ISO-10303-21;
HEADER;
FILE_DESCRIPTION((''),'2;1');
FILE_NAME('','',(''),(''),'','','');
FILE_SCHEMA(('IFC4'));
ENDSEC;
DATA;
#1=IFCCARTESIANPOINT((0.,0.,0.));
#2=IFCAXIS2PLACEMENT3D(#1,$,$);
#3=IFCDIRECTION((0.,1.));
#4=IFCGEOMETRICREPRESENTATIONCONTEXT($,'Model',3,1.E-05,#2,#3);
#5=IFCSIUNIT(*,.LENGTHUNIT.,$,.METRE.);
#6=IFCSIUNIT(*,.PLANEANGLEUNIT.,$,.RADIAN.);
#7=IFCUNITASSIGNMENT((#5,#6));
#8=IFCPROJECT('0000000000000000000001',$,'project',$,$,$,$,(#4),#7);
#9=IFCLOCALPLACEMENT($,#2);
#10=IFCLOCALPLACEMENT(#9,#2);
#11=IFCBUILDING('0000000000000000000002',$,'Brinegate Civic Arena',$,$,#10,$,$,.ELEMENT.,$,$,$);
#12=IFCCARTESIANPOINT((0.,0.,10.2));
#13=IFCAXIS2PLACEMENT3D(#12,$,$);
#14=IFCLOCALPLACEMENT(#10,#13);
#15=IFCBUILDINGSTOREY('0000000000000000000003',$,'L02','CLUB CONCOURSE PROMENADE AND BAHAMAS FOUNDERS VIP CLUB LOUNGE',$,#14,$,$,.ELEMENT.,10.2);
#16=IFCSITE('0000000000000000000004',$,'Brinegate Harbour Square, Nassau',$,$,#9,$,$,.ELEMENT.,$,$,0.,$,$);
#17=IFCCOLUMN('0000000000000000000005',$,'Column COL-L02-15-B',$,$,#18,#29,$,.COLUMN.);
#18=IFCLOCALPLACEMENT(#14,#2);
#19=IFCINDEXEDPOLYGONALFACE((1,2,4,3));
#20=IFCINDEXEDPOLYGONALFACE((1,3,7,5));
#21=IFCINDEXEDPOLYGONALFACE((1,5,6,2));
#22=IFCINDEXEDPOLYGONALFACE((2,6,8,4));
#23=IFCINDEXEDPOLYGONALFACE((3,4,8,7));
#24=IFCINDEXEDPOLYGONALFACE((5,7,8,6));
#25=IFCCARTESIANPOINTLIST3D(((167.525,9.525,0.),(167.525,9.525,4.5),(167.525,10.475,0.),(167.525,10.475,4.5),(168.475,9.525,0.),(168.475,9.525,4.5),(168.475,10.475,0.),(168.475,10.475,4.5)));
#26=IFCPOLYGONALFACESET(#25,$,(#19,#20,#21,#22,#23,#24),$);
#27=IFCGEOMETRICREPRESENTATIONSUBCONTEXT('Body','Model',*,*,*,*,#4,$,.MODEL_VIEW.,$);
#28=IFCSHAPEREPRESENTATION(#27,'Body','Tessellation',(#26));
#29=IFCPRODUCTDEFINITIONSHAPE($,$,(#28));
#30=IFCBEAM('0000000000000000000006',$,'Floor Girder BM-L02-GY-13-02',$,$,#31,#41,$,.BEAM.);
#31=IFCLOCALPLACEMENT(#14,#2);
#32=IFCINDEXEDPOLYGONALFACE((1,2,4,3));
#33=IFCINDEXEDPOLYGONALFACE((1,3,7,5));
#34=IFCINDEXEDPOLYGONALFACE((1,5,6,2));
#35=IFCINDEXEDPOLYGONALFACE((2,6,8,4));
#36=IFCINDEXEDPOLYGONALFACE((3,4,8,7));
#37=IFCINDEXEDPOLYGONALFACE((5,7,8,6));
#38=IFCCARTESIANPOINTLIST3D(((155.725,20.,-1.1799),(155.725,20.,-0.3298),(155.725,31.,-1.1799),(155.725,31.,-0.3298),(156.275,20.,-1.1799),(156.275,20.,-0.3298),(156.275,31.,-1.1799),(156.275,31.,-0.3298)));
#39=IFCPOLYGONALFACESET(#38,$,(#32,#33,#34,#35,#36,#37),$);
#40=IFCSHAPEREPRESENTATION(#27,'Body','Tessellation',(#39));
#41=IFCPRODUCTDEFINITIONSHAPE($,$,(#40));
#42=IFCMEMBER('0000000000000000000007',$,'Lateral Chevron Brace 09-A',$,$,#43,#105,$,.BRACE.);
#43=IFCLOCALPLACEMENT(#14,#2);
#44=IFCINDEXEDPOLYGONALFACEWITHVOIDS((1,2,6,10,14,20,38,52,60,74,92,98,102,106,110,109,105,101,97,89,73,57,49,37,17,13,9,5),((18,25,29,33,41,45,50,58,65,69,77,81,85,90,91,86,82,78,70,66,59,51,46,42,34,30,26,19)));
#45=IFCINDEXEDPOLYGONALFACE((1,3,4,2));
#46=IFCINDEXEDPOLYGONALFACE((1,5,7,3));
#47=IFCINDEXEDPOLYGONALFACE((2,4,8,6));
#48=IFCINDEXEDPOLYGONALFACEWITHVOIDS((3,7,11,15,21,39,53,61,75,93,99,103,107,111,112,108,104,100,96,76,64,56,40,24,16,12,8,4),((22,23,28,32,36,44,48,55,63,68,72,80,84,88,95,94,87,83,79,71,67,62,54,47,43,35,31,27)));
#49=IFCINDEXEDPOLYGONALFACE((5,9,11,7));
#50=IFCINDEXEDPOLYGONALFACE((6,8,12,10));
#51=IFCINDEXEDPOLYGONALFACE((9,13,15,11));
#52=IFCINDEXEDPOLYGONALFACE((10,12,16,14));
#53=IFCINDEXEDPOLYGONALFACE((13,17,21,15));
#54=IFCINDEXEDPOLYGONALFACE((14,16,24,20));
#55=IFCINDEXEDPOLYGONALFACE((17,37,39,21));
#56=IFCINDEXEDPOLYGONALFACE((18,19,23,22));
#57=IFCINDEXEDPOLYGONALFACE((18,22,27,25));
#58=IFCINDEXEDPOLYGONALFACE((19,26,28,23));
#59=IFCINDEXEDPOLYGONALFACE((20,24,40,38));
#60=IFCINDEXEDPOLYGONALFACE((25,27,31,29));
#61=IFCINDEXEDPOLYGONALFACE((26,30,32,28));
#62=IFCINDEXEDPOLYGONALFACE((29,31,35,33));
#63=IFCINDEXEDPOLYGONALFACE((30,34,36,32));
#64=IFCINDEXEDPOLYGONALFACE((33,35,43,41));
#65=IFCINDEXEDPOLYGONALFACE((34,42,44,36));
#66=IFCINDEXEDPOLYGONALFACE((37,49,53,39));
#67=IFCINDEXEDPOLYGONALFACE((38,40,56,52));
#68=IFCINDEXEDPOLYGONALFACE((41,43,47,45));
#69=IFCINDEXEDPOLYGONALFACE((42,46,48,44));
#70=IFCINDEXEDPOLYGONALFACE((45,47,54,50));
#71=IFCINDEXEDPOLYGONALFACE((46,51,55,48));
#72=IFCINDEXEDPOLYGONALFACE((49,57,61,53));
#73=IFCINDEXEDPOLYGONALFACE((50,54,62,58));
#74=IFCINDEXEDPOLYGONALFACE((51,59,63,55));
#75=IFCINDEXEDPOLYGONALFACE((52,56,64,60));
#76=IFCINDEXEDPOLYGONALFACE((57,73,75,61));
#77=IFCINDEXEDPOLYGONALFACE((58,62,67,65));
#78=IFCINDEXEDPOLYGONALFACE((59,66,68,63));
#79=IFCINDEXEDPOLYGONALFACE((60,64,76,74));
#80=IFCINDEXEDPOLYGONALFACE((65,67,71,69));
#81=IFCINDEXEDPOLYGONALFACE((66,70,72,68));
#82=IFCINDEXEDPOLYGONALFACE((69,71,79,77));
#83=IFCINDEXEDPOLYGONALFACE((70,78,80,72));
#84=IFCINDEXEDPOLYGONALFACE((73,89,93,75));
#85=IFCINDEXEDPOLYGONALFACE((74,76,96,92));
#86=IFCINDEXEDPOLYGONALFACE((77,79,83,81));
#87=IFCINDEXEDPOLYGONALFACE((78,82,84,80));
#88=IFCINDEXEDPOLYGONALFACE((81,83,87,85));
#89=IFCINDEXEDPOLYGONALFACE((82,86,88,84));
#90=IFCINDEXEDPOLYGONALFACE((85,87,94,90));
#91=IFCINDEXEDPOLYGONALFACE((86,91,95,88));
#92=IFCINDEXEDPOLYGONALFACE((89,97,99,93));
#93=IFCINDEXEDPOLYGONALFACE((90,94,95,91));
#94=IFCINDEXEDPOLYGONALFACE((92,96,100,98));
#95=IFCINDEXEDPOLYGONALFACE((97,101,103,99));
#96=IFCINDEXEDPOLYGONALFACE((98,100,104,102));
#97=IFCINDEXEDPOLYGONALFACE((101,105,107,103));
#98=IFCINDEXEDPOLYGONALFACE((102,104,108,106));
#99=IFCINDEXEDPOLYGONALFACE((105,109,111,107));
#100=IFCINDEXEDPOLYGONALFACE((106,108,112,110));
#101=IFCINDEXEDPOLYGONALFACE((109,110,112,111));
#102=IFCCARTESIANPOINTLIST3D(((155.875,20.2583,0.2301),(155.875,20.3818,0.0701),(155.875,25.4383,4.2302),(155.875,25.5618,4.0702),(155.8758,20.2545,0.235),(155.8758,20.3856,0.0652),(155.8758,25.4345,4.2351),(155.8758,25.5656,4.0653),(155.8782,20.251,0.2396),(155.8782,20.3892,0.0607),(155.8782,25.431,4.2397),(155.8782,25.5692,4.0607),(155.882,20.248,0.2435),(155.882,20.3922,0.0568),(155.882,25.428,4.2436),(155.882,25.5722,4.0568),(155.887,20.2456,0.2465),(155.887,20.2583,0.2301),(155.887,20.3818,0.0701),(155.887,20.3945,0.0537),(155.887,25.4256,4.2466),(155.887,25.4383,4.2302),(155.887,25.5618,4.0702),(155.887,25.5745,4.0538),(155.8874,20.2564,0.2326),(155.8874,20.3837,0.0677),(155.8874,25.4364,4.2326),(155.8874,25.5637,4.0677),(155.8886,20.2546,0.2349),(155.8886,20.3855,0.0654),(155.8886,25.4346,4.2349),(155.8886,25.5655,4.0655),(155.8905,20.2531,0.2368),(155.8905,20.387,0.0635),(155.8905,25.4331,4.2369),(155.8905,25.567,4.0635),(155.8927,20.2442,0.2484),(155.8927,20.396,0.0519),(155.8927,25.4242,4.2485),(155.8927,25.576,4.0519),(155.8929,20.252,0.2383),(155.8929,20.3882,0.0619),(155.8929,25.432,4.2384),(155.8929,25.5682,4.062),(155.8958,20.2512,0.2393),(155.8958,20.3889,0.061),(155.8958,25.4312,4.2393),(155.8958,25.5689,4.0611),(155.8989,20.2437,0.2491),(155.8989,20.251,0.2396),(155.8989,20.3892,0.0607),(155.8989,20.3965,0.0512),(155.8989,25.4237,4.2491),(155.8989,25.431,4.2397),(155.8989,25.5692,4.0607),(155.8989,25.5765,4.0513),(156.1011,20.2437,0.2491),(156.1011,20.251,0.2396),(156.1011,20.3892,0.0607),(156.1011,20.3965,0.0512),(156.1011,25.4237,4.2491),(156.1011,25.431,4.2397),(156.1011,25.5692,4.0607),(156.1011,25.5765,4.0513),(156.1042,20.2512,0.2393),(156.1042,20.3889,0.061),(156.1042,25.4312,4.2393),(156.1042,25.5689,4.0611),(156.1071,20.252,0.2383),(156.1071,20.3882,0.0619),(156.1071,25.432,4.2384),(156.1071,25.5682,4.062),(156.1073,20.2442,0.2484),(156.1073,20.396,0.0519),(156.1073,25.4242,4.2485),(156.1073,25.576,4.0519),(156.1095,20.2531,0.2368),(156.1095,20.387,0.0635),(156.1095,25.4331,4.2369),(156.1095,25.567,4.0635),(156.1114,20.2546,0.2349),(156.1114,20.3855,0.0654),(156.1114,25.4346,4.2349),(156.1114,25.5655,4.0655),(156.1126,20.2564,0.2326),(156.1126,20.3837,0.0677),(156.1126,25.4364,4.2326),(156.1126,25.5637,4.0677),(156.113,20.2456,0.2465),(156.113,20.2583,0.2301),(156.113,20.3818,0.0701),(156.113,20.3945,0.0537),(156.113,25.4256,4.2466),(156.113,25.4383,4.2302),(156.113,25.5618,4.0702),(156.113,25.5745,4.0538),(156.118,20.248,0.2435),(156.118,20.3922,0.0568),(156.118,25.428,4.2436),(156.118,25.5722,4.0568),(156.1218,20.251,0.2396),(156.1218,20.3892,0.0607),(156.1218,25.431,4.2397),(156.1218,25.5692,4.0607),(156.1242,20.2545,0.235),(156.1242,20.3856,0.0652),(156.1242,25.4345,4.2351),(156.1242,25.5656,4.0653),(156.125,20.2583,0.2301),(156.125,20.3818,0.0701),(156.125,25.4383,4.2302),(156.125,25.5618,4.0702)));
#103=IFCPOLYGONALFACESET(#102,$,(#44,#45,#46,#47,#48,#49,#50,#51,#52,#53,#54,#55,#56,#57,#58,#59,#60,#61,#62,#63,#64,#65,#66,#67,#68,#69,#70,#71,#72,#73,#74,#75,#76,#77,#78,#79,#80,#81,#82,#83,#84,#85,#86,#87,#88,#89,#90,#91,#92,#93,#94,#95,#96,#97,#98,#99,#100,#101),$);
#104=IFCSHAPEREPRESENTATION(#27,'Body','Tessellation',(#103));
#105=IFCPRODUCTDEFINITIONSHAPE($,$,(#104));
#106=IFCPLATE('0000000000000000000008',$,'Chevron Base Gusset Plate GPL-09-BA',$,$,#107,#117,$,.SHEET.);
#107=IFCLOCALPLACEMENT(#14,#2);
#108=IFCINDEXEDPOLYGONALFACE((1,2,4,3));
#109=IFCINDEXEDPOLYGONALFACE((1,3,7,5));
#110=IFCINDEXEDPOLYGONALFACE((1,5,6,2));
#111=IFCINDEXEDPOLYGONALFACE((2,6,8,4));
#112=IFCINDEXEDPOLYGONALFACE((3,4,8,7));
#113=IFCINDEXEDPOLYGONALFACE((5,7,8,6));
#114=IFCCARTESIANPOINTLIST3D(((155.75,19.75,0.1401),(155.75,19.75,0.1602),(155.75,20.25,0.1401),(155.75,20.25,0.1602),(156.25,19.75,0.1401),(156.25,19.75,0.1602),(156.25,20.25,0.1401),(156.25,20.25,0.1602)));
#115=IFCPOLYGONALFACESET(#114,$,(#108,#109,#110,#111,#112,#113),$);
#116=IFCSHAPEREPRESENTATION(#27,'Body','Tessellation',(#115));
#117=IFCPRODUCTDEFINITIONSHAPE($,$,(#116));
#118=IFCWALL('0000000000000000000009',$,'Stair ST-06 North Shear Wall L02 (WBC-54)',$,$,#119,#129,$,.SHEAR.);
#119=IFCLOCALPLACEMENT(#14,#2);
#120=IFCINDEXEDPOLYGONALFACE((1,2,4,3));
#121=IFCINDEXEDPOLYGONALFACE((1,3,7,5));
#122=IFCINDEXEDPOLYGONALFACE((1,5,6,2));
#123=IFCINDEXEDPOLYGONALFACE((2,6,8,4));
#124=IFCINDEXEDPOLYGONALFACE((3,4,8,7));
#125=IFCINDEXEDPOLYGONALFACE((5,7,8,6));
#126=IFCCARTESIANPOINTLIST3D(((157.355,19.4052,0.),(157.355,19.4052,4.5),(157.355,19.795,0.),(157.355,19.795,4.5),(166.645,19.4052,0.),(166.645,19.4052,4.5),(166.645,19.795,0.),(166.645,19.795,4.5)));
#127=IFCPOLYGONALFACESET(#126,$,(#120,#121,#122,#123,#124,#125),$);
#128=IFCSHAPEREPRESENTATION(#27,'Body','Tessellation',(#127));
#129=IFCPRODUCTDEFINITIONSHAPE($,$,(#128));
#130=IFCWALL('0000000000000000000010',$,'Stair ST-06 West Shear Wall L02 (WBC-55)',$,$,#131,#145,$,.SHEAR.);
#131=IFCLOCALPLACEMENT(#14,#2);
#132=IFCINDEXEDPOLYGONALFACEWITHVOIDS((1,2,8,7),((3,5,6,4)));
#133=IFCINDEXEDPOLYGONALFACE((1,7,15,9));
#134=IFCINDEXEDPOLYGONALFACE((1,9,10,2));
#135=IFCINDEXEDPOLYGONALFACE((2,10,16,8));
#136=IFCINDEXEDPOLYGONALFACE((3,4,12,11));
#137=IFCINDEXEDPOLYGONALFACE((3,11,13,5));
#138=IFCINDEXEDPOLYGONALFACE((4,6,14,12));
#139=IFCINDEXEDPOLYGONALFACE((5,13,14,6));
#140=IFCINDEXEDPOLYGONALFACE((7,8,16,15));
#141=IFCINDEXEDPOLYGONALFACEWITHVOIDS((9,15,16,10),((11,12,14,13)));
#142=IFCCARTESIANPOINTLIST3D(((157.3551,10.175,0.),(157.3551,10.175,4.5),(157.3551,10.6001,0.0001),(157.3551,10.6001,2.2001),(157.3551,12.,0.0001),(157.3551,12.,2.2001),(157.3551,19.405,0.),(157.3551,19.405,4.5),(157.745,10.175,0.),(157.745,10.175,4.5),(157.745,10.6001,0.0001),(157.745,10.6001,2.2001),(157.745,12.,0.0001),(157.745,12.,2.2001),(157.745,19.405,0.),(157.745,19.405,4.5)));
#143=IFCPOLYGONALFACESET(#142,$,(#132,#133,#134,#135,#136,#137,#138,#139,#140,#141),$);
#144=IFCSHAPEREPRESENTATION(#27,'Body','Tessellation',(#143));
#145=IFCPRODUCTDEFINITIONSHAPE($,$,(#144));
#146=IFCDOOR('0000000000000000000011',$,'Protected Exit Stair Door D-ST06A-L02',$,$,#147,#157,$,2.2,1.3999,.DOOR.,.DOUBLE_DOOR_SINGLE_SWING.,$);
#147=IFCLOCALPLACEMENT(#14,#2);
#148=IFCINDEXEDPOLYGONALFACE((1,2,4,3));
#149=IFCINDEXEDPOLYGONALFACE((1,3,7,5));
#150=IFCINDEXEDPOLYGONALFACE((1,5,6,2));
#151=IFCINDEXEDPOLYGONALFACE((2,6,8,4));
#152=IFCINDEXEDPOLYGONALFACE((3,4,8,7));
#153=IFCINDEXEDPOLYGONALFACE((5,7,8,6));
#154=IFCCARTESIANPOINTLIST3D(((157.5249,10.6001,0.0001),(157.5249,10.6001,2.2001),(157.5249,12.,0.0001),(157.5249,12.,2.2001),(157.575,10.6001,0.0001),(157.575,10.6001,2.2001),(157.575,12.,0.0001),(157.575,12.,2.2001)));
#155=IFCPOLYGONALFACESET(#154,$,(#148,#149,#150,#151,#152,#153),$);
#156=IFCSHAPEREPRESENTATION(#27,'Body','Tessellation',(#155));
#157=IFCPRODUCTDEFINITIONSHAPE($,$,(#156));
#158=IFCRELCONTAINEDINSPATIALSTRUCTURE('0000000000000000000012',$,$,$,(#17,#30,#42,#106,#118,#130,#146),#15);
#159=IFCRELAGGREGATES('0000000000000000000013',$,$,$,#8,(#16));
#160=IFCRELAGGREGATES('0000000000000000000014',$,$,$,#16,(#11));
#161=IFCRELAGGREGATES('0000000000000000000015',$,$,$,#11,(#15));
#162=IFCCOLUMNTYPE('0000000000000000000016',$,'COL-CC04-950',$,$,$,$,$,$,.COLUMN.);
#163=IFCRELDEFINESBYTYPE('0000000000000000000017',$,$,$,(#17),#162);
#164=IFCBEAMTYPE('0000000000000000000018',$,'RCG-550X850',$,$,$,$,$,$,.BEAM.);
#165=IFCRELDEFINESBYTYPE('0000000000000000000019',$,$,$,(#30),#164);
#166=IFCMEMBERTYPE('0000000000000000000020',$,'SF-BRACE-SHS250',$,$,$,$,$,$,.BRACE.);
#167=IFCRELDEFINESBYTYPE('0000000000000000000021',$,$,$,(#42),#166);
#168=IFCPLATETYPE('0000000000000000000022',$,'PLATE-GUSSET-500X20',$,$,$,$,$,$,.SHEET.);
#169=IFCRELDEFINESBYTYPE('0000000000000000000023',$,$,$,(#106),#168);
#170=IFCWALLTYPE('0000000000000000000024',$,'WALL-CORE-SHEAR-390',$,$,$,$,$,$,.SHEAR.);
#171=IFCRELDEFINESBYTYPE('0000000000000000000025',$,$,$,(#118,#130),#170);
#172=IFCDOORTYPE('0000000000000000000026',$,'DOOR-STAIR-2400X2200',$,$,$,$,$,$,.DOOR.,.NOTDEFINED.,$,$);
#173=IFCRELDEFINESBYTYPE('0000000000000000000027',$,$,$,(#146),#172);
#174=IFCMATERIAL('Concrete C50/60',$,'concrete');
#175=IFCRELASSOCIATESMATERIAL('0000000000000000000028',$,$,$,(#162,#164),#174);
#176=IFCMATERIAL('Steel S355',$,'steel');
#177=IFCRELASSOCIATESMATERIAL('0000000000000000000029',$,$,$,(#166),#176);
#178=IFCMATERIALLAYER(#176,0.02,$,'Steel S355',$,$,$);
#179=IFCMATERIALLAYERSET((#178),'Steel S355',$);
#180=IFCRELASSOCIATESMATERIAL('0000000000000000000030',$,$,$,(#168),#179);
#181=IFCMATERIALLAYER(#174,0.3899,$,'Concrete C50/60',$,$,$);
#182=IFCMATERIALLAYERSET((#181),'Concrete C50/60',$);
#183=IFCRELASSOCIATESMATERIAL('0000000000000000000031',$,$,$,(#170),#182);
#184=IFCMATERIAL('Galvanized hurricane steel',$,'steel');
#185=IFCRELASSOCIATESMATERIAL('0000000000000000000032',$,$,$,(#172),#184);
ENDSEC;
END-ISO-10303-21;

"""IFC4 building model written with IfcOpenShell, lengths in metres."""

from ifc_helpers import new_model, si_unit, direction, frame, frame_2d, origin, origin_2d, place, context, subcontext, project, spatial, rectangle, hollow_rectangle, extrude, material, layer, layer_set, material_profile, profile_set, type_object, element, fill, save


model = new_model("IFC4")

# Units and contexts
model_context = context("Model", 3, precision=1e-05, world=origin(), true_north=direction((0.0, 1.0)))
body_context = subcontext(model_context, "Body", "Model", "MODEL_VIEW")
ifc_project = project(units=[si_unit("LENGTHUNIT", "METRE"), si_unit("PLANEANGLEUNIT", "RADIAN")], contexts=[model_context])

# Site, building, storey
site_placement = place(None, origin())
site = spatial("IfcSite", under=ifc_project, at=site_placement, Name="Brinegate Harbour Square, Nassau", CompositionType="ELEMENT", RefElevation=0.0)
building_placement = place(site_placement, origin())
building = spatial("IfcBuilding", under=site, at=building_placement, Name="Brinegate Civic Arena", CompositionType="ELEMENT")
storey_placement = place(building_placement, frame((0.0, 0.0, 10.2)))
storey = spatial("IfcBuildingStorey", under=building, at=storey_placement, Name="L02", Description="CLUB CONCOURSE PROMENADE AND BAHAMAS FOUNDERS VIP CLUB LOUNGE", CompositionType="ELEMENT", Elevation=10.2)

# Column
ifc_material_1 = material(Name="Concrete C50/60", Category="concrete")
ifc_material_profile_1 = material_profile(ifc_material_1, rectangle(XDim=0.95, YDim=0.95, at=origin_2d()), Name="RC950X950")
ifc_profile_set_1 = profile_set([ifc_material_profile_1], Name="Concrete C50/60")
column_type = type_object("IfcColumnType", Name="COL-CC04-950", PredefinedType="COLUMN", material=ifc_profile_set_1)
column_placement = place(storey_placement, frame((168.0, 10.0, 0.0), z_axis=(0.0, 0.0, 1.0), x_axis=(1.0, 0.0, 0.0)))
element("IfcColumn", 1, at=column_placement, inside=storey, type_object=column_type, Name="Column COL-L02-15-B", PredefinedType="COLUMN", context=body_context, shape_type="SweptSolid", body=[
    extrude(rectangle(XDim=0.95, YDim=0.95, at=origin_2d()), origin(), (0.0, 0.0, 1.0), 4.5),
])

# Beam
ifc_material_profile_2 = material_profile(ifc_material_1, rectangle(XDim=0.55, YDim=0.8501, at=origin_2d()), Name="RCB550X850")
ifc_profile_set_2 = profile_set([ifc_material_profile_2], Name="Concrete C50/60")
beam_type = type_object("IfcBeamType", Name="RCG-550X850", PredefinedType="BEAM", material=ifc_profile_set_2)
beam_placement = place(storey_placement, frame((156.0, 20.0, -0.7549), z_axis=(0.0, 1.0, 0.0), x_axis=(-1.0, 0.0, 0.0)))
element("IfcBeam", 2, at=beam_placement, inside=storey, type_object=beam_type, Name="Floor Girder BM-L02-GY-13-02", PredefinedType="BEAM", context=body_context, shape_type="SweptSolid", body=[
    extrude(rectangle(XDim=0.55, YDim=0.8501, at=origin_2d()), origin(), (0.0, 0.0, 1.0), 11.0),
])

# Member
ifc_material_2 = material(Name="Steel S355", Category="steel")
ifc_material_profile_3 = material_profile(ifc_material_2, hollow_rectangle(XDim=0.25, YDim=0.25, WallThickness=0.012, InnerFilletRadius=0.012, OuterFilletRadius=0.0239, at=origin_2d()), Name="SHS250X12")
ifc_profile_set_3 = profile_set([ifc_material_profile_3], Name="Steel S355")
member_type = type_object("IfcMemberType", Name="SF-BRACE-SHS250", PredefinedType="BRACE", material=ifc_profile_set_3)
member_placement = place(storey_placement, frame((156.0, 20.3201, 0.1501), z_axis=(0.0, 0.791483, 0.611192), x_axis=(-1.0, 0.0, 0.0)))
element("IfcMember", 3, at=member_placement, inside=storey, type_object=member_type, Name="Lateral Chevron Brace 09-A", PredefinedType="BRACE", context=body_context, shape_type="SweptSolid", body=[
    extrude(hollow_rectangle(XDim=0.25, YDim=0.25, WallThickness=0.012, InnerFilletRadius=0.012, OuterFilletRadius=0.0239, at=origin_2d()), origin(), (0.0, 0.0, 1.0), 6.5447),
])

# Plate
ifc_layer_1 = layer(ifc_material_2, 0.02, Name="Steel S355")
ifc_layer_set_1 = layer_set([ifc_layer_1], Name="Steel S355")
plate_type = type_object("IfcPlateType", Name="PLATE-GUSSET-500X20", PredefinedType="SHEET", material=ifc_layer_set_1)
plate_placement = place(storey_placement, frame((156.0, 20.0, 0.1401), z_axis=(0.0, 0.0, 1.0), x_axis=(1.0, 0.0, 0.0)))
element("IfcPlate", 4, at=plate_placement, inside=storey, type_object=plate_type, Name="Chevron Base Gusset Plate GPL-09-BA", PredefinedType="SHEET", context=body_context, shape_type="SweptSolid", body=[
    extrude(rectangle(XDim=0.5, YDim=0.5, at=origin_2d()), origin(), (0.0, 0.0, 1.0), 0.02),
])

# Wall
ifc_layer_2 = layer(ifc_material_1, 0.3899, Name="Concrete C50/60")
ifc_layer_set_2 = layer_set([ifc_layer_2], Name="Concrete C50/60")
wall_type_1 = type_object("IfcWallType", Name="WALL-CORE-SHEAR-390", PredefinedType="SHEAR", material=ifc_layer_set_2)
wall_1_placement = place(storey_placement, frame((157.355, 19.6001, 0.0), z_axis=(0.0, 0.0, 1.0), x_axis=(1.0, 0.0, 0.0)))
element("IfcWall", 5, at=wall_1_placement, inside=storey, type_object=wall_type_1, Name="Stair ST-06 North Shear Wall L02 (WBC-54)", PredefinedType="SHEAR", context=body_context, shape_type="SweptSolid", body=[
    extrude(rectangle(XDim=9.29, YDim=0.3899, at=frame_2d((4.645, 0.0))), origin(), (0.0, 0.0, 1.0), 4.5),
])

# Wall, opening, door
wall_2_placement = place(storey_placement, frame((157.55, 10.175, 0.0), z_axis=(0.0, 0.0, 1.0), x_axis=(0.0, 1.0, 0.0)))
wall_2 = element("IfcWall", 6, at=wall_2_placement, inside=storey, type_object=wall_type_1, Name="Stair ST-06 West Shear Wall L02 (WBC-55)", PredefinedType="SHEAR", context=body_context, shape_type="SweptSolid", body=[
    extrude(rectangle(XDim=9.23, YDim=0.3899, at=frame_2d((4.615, 0.0))), origin(), (0.0, 0.0, 1.0), 4.5),
])
opening_1_placement = place(wall_2_placement, frame((0.425, 0.0, 0.0)))
opening_1 = element("IfcOpeningElement", 7, at=opening_1_placement, cuts=wall_2, PredefinedType="OPENING", context=body_context, shape_type="SweptSolid", body=[
    extrude(rectangle(XDim=1.3999, YDim=2.2, at=frame_2d((0.7, 1.1001))), frame((0.0, 0.2048, 0.0), z_axis=(0.0, -1.0, 0.0), x_axis=(1.0, 0.0, 0.0)), (0.0, 0.0, 1.0), 0.4099),
])
ifc_material_3 = material(Name="Galvanized hurricane steel", Category="steel")
door_type_1 = type_object("IfcDoorType", Name="DOOR-STAIR-2400X2200", OperationType="NOTDEFINED", PredefinedType="DOOR", material=ifc_material_3)
door_1_placement = place(opening_1_placement, frame((1.3999, 0.0, 0.0), z_axis=(0.0, 0.0, 1.0), x_axis=(-1.0, 0.0, 0.0)))
door_1 = element("IfcDoor", 8, at=door_1_placement, inside=storey, type_object=door_type_1, Name="Protected Exit Stair Door D-ST06A-L02", OperationType="DOUBLE_DOOR_SINGLE_SWING", OverallHeight=2.2, OverallWidth=1.3999, PredefinedType="DOOR", context=body_context, shape_type="SweptSolid", body=[
    extrude(rectangle(XDim=1.3999, YDim=2.2, at=frame_2d((0.7, 1.1001))), frame((0.0, 0.0249, 0.0), z_axis=(0.0, -1.0, 0.0), x_axis=(1.0, 0.0, 0.0)), (0.0, 0.0, 1.0), 0.05),
])
fill(opening_1, door_1)

save(model, "model.ifc")
